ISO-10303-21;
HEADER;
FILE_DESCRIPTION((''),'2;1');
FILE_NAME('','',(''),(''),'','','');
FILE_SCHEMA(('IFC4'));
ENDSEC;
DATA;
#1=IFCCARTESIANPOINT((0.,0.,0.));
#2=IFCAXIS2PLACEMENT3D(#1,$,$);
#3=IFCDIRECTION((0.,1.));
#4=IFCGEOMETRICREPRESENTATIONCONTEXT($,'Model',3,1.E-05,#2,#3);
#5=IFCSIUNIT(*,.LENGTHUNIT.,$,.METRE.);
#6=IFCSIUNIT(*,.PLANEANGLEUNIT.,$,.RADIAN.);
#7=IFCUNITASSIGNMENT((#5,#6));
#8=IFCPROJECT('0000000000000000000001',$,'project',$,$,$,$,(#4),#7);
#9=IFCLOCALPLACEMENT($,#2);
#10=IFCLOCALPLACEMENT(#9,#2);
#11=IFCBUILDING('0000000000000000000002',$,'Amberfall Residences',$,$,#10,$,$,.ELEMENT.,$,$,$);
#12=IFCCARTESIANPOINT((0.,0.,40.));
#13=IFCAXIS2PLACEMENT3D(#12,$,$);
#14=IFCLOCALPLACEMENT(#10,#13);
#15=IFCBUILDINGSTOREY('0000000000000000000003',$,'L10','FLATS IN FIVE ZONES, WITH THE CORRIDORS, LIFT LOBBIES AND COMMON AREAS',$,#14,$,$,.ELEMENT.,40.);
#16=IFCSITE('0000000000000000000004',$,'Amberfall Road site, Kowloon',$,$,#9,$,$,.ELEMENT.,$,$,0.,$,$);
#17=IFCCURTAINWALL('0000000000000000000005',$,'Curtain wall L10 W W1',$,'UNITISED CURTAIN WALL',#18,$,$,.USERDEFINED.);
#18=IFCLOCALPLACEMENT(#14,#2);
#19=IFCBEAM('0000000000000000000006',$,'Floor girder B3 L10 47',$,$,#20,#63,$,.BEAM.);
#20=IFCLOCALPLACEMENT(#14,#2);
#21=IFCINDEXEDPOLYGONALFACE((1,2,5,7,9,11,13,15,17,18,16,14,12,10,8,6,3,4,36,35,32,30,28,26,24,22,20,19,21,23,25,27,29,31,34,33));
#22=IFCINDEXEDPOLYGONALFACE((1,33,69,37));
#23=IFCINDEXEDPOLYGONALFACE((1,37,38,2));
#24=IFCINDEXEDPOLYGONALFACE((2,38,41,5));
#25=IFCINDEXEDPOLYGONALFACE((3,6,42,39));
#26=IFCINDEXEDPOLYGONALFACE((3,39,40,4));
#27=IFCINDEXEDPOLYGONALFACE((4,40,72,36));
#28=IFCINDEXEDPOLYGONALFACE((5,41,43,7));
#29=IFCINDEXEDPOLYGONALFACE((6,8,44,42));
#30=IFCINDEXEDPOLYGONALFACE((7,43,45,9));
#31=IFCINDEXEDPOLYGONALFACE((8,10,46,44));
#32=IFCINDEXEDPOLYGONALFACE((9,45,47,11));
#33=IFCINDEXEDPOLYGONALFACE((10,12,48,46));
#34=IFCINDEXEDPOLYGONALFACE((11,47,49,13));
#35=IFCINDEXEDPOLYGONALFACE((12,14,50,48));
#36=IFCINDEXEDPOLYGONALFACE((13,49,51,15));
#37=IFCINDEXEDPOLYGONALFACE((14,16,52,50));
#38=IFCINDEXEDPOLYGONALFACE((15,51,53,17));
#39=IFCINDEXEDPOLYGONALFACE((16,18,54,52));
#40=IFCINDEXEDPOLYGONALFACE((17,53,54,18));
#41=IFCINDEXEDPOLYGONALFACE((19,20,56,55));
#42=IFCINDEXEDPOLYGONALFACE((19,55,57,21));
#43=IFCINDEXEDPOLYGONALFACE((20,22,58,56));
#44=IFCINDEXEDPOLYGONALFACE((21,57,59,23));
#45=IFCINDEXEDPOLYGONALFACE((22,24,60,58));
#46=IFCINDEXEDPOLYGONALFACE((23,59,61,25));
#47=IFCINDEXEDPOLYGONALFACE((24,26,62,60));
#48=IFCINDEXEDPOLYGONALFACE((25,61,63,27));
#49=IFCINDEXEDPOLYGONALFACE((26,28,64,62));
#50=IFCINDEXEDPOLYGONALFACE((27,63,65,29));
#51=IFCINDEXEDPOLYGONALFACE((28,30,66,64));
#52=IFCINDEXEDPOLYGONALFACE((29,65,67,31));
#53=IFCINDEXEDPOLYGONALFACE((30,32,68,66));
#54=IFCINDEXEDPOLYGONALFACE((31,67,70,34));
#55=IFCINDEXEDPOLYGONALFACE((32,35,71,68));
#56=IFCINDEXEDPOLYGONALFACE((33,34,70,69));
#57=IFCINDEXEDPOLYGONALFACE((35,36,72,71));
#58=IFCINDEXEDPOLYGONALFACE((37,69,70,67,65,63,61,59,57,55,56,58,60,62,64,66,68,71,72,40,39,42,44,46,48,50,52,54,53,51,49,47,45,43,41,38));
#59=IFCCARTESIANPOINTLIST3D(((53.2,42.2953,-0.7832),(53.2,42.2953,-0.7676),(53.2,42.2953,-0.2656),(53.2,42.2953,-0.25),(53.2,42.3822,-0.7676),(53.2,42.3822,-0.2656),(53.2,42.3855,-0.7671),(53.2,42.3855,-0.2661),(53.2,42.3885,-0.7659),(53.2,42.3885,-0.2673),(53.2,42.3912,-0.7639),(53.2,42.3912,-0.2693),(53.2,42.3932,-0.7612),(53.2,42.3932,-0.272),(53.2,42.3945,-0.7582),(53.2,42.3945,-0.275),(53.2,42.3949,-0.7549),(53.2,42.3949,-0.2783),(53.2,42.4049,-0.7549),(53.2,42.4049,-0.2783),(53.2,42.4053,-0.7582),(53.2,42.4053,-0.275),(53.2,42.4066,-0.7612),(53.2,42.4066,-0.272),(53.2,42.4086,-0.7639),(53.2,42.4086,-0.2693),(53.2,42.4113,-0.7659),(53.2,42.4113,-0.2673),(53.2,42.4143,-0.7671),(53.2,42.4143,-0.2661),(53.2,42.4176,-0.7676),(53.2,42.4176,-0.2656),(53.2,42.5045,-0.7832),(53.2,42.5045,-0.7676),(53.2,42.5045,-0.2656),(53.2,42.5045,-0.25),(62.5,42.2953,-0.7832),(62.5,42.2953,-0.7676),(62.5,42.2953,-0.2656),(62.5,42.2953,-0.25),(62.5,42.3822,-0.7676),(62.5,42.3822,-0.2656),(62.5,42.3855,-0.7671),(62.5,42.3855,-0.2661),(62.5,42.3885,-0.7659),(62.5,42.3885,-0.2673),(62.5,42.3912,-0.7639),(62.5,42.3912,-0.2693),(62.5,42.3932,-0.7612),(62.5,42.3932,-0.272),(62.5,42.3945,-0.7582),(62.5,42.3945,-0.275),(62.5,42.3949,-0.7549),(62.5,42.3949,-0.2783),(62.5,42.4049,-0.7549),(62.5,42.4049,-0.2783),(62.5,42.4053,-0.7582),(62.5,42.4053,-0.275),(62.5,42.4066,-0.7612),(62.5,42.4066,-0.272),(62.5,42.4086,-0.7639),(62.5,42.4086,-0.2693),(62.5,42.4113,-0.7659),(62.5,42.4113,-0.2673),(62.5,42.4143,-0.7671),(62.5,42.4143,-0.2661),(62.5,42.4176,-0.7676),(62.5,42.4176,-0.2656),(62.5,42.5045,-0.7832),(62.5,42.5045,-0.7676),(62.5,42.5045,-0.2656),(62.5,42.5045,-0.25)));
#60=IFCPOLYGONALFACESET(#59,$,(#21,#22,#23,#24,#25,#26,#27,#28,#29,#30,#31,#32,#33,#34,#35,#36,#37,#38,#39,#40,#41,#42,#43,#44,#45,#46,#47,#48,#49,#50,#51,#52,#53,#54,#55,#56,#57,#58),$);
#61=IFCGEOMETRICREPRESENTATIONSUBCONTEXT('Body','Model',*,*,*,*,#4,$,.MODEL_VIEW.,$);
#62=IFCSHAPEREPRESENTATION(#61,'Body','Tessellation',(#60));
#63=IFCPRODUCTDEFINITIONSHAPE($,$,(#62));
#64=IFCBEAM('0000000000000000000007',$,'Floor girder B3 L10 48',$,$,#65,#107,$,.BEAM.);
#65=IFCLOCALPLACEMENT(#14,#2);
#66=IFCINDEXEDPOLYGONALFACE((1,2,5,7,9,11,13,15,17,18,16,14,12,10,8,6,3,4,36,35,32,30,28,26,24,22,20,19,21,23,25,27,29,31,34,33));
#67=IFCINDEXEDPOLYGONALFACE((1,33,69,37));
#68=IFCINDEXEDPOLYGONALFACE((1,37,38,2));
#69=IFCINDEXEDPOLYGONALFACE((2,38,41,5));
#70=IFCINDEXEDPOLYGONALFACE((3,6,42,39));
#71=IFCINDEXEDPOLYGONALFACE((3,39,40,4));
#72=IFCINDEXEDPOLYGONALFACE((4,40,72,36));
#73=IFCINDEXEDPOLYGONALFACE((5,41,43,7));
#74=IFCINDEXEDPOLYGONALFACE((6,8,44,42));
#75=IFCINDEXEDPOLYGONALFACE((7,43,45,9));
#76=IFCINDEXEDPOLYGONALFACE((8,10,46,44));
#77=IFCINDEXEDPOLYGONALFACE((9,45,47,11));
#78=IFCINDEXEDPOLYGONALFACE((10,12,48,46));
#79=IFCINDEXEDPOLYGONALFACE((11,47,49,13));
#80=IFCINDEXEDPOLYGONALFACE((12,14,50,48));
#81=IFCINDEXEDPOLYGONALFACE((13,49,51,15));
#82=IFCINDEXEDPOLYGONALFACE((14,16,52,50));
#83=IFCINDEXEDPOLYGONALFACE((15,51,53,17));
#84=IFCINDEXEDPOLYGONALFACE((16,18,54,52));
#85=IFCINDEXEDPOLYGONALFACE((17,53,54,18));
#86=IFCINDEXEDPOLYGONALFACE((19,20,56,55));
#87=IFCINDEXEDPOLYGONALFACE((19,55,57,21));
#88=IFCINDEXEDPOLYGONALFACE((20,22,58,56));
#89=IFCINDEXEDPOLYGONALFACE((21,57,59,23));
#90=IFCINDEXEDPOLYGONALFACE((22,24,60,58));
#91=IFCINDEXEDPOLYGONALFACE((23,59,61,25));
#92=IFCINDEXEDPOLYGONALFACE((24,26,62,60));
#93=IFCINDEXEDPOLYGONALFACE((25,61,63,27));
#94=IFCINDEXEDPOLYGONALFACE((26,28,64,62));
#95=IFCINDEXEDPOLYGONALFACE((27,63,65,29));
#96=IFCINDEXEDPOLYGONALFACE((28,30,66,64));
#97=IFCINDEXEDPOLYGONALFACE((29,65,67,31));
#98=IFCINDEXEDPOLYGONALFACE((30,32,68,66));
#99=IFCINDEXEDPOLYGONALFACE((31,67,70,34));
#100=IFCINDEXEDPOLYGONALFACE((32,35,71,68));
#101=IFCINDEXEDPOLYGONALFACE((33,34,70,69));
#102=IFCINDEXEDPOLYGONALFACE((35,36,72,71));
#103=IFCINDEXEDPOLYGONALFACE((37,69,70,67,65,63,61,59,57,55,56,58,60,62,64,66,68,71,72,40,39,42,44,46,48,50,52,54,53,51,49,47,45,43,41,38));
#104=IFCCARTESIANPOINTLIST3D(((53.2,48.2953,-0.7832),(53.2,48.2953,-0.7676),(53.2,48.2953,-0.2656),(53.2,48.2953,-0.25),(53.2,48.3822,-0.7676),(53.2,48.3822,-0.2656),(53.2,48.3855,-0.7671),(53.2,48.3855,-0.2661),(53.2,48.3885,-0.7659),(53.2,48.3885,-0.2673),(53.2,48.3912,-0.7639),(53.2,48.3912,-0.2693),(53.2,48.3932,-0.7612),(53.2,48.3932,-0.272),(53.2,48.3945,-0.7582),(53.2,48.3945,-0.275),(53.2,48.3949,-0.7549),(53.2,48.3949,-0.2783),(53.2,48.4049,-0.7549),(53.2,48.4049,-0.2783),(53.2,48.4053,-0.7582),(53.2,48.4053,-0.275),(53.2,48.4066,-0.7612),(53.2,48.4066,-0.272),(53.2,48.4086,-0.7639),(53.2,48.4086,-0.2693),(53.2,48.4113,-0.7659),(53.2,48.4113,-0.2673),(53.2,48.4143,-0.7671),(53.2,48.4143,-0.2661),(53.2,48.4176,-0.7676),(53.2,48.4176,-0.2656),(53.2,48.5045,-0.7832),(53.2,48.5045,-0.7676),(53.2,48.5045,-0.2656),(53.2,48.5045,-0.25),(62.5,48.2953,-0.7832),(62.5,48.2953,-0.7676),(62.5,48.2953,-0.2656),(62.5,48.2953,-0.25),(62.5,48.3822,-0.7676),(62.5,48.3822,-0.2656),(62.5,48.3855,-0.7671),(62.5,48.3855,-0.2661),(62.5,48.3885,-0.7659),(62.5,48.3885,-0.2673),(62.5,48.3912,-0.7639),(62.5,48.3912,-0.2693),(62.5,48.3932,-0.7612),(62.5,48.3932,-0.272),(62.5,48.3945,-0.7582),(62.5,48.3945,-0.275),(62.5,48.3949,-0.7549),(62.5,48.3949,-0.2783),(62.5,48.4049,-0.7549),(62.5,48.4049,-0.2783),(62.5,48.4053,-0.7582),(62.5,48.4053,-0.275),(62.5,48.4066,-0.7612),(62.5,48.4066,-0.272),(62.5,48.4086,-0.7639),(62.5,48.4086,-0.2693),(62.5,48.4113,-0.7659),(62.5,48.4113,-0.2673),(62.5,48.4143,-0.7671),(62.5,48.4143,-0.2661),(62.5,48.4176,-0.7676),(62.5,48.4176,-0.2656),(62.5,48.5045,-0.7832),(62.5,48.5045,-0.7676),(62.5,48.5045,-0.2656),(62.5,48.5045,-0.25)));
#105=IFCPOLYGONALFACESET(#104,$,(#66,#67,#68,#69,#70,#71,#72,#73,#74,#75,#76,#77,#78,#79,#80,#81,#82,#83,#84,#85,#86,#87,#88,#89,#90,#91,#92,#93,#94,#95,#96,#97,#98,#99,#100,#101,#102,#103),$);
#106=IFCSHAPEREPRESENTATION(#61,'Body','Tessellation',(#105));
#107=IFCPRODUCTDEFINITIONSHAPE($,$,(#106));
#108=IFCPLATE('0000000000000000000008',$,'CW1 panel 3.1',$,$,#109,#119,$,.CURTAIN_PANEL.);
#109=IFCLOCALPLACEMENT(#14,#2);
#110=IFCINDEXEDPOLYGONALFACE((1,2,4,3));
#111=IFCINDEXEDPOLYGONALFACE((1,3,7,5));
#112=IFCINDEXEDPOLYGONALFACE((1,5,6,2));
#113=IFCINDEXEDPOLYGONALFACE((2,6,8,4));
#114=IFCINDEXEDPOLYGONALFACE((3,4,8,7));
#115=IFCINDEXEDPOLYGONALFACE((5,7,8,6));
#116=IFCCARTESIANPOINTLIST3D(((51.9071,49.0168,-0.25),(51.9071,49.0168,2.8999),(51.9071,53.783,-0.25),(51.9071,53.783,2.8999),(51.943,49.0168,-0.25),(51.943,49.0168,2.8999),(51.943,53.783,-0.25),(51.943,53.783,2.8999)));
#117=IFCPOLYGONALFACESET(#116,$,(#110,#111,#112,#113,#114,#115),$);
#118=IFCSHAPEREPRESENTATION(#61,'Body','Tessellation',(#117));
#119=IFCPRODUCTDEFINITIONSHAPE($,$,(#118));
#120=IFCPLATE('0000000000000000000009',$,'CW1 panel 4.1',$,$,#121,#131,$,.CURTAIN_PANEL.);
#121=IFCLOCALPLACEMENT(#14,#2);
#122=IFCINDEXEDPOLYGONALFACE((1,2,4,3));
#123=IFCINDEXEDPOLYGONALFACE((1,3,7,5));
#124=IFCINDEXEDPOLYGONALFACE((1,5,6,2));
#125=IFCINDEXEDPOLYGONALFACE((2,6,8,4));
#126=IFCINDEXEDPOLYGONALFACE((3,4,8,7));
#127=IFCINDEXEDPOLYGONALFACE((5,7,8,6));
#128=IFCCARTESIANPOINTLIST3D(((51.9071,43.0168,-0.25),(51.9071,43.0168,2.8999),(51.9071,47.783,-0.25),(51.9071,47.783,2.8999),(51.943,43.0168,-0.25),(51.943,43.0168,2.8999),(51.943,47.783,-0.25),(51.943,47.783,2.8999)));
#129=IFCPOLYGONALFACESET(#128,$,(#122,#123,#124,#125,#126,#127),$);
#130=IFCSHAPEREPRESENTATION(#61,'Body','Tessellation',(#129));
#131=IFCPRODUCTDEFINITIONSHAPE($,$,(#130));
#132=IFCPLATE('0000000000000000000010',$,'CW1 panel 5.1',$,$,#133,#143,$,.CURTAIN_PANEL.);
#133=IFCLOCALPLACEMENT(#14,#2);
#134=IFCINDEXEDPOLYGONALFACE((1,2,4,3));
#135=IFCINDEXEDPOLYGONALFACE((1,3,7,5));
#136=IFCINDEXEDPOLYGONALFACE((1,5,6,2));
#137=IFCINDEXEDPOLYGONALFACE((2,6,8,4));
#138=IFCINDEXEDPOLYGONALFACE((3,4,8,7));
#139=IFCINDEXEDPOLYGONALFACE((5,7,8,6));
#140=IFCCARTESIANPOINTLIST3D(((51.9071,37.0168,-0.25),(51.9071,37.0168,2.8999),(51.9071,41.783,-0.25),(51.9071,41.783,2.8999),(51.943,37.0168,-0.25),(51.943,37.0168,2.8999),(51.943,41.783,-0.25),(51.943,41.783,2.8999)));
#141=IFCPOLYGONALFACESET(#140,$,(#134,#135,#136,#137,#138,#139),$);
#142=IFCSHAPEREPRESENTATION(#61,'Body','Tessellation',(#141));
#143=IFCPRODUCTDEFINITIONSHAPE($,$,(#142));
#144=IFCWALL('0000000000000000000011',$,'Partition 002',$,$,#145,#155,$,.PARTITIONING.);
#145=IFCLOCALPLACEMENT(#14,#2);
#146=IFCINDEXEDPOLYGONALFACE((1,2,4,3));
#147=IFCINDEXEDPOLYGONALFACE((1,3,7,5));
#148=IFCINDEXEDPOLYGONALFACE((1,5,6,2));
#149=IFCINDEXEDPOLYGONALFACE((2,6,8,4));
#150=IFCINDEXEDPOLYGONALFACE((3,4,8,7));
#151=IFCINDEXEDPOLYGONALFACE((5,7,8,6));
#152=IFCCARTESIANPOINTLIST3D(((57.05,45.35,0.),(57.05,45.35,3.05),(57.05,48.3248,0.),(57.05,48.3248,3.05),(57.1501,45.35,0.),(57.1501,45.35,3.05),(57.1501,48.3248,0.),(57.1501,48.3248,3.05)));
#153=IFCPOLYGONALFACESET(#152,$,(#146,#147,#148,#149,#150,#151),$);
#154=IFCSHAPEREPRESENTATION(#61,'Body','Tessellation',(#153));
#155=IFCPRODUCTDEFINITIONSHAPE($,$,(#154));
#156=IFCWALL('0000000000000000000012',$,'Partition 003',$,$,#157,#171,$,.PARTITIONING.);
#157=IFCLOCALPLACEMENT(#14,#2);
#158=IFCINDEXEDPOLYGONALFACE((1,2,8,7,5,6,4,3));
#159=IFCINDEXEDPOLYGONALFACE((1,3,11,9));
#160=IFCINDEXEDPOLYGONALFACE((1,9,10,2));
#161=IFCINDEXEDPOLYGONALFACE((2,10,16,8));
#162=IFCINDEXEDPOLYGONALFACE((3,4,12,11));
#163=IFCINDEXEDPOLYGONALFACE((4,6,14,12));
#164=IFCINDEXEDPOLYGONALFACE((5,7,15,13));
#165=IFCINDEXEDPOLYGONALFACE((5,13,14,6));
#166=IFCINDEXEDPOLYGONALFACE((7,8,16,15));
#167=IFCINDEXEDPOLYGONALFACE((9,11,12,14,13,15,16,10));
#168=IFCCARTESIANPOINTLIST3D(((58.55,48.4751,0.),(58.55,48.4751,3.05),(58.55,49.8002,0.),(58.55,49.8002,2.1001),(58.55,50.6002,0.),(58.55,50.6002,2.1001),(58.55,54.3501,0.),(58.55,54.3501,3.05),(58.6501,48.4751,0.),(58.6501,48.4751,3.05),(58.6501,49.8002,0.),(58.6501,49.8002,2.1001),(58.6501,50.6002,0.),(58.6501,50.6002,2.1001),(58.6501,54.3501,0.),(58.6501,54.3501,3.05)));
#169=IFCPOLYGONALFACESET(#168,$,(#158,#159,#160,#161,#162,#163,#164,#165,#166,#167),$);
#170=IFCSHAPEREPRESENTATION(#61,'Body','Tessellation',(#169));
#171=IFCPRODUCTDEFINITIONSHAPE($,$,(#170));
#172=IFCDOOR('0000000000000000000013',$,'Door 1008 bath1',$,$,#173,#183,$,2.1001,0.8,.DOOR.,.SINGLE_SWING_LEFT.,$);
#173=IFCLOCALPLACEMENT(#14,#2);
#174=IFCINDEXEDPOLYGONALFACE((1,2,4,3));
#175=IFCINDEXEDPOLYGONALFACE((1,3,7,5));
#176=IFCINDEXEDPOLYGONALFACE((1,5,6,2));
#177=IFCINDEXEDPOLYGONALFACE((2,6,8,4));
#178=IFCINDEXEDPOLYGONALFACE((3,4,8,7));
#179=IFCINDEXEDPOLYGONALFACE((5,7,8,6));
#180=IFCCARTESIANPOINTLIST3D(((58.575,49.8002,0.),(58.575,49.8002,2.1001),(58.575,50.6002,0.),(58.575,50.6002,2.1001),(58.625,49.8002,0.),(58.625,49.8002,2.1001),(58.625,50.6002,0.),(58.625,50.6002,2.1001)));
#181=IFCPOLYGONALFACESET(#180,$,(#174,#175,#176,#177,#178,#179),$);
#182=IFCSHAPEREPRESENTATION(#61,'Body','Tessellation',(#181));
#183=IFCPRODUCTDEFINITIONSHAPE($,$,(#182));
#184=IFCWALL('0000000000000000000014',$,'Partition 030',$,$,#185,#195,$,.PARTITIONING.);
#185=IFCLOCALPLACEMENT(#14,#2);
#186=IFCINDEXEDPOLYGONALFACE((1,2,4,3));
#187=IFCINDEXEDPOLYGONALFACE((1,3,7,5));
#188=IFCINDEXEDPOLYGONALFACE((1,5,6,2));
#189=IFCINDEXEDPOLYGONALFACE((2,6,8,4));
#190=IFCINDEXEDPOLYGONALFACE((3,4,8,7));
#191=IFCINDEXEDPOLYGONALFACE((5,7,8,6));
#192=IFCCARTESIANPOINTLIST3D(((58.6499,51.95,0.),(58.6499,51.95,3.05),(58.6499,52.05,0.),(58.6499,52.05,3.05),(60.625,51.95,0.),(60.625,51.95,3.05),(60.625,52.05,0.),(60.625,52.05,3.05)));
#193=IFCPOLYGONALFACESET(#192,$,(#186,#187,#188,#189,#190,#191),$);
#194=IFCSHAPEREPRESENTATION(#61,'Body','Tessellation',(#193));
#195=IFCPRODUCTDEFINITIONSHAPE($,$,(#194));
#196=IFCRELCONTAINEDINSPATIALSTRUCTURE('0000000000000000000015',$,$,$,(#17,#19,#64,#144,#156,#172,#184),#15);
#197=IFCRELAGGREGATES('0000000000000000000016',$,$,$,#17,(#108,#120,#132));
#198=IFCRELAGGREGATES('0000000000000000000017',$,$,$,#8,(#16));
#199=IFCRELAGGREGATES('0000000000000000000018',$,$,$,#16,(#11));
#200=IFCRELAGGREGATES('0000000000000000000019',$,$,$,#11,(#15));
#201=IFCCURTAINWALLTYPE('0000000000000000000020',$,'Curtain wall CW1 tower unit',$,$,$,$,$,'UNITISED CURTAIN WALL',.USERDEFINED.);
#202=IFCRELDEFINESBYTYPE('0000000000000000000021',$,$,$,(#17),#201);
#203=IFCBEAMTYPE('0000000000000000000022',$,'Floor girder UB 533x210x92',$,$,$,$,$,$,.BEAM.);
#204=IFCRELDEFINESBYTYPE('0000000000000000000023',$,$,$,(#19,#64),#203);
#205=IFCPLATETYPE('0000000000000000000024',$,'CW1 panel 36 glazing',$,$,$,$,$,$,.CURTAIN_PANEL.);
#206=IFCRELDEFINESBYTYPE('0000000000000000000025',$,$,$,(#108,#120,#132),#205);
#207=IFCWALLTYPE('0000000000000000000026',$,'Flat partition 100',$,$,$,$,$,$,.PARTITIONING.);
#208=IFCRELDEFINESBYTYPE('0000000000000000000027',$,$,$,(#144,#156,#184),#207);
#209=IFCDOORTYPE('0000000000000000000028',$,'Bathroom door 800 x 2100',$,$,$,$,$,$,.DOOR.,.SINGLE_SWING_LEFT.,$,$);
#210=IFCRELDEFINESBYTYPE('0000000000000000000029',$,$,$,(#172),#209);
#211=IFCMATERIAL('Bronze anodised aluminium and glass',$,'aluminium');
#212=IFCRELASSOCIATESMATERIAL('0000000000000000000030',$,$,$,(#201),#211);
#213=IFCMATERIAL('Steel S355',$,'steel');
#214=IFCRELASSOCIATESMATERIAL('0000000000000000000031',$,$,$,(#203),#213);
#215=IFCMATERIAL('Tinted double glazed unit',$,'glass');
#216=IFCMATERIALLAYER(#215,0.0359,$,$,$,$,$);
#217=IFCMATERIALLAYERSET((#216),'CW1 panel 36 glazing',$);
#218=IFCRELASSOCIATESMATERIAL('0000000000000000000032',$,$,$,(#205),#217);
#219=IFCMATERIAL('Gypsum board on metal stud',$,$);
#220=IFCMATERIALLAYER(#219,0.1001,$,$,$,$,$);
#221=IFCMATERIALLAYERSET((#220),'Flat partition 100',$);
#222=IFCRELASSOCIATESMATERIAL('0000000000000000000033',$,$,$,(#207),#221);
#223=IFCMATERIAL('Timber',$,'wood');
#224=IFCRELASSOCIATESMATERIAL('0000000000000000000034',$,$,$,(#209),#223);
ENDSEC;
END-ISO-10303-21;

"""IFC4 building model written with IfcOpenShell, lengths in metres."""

from ifc_helpers import new_model, si_unit, direction, frame, frame_2d, origin, origin_2d, place, context, subcontext, project, spatial, rectangle, i_section, extrude, material, layer, layer_set, material_profile, profile_set, type_object, element, fill, aggregate, save


model = new_model("IFC4")

# Units and contexts
model_context = context("Model", 3, precision=1e-05, world=origin(), true_north=direction((0.0, 1.0)))
body_context = subcontext(model_context, "Body", "Model", "MODEL_VIEW")
ifc_project = project(units=[si_unit("LENGTHUNIT", "METRE"), si_unit("PLANEANGLEUNIT", "RADIAN")], contexts=[model_context])

# Site, building, storey
site_placement = place(None, origin())
site = spatial("IfcSite", under=ifc_project, at=site_placement, Name="Amberfall Road site, Kowloon", CompositionType="ELEMENT", RefElevation=0.0)
building_placement = place(site_placement, origin())
building = spatial("IfcBuilding", under=site, at=building_placement, Name="Amberfall Residences", CompositionType="ELEMENT")
storey_placement = place(building_placement, frame((0.0, 0.0, 40.0)))
storey = spatial("IfcBuildingStorey", under=building, at=storey_placement, Name="L10", Description="FLATS IN FIVE ZONES, WITH THE CORRIDORS, LIFT LOBBIES AND COMMON AREAS", CompositionType="ELEMENT", Elevation=40.0)

# Curtain wall
ifc_material_1 = material(Name="Bronze anodised aluminium and glass", Category="aluminium")
curtain_wall_type = type_object("IfcCurtainWallType", Name="Curtain wall CW1 tower unit", ElementType="UNITISED CURTAIN WALL", PredefinedType="USERDEFINED", material=ifc_material_1)
curtain_wall_placement = place(storey_placement, origin())
curtain_wall = element("IfcCurtainWall", 1, at=curtain_wall_placement, inside=storey, type_object=curtain_wall_type, Name="Curtain wall L10 W W1", ObjectType="UNITISED CURTAIN WALL", PredefinedType="USERDEFINED")

# Shared definitions
ifc_material_2 = material(Name="Steel S355", Category="steel")

# Beams
ifc_material_profile_1 = material_profile(ifc_material_2, i_section(OverallWidth=0.2092, OverallDepth=0.5332, WebThickness=0.01, FlangeThickness=0.0156, FilletRadius=0.0127, at=origin_2d()), Name="UB 533x210x92")
ifc_profile_set_1 = profile_set([ifc_material_profile_1], Name="Steel S355")
beam_type_1 = type_object("IfcBeamType", Name="Floor girder UB 533x210x92", PredefinedType="BEAM", material=ifc_profile_set_1)
for number, where, z_axis, x_axis, name in (
    (2, (53.2, 42.3999, -0.5166), (1.0, 0.0, 0.0), (0.0, 1.0, 0.0), "Floor girder B3 L10 47"),
    (3, (53.2, 48.3999, -0.5166), (1.0, 0.0, 0.0), (0.0, 1.0, 0.0), "Floor girder B3 L10 48"),
):
    element("IfcBeam", number, at=place(storey_placement, frame(where, z_axis=z_axis, x_axis=x_axis)), inside=storey, type_object=beam_type_1, Name=name, PredefinedType="BEAM", context=body_context, shape_type="SweptSolid", body=[
        extrude(i_section(OverallWidth=0.2092, OverallDepth=0.5332, WebThickness=0.01, FlangeThickness=0.0156, FilletRadius=0.0127, at=origin_2d()), origin(), (0.0, 0.0, 1.0), 9.3),
    ])

# Plates
ifc_material_3 = material(Name="Tinted double glazed unit", Category="glass")
ifc_layer_1 = layer(ifc_material_3, 0.0359)
ifc_layer_set_1 = layer_set([ifc_layer_1], Name="CW1 panel 36 glazing")
plate_type = type_object("IfcPlateType", Name="CW1 panel 36 glazing", PredefinedType="CURTAIN_PANEL", material=ifc_layer_set_1)
plate_1_placement = place(storey_placement, frame((51.925, 51.3999, -0.25), z_axis=(0.0, 0.0, 1.0), x_axis=(0.0, -1.0, 0.0)))
plate_1 = element("IfcPlate", 4, at=plate_1_placement, type_object=plate_type, Name="CW1 panel 3.1", PredefinedType="CURTAIN_PANEL", context=body_context, shape_type="SweptSolid", body=[
    extrude(rectangle(XDim=4.7661, YDim=0.0359, at=origin_2d()), origin(), (0.0, 0.0, 1.0), 3.1499),
])
plate_2_placement = place(storey_placement, frame((51.925, 45.3999, -0.25), z_axis=(0.0, 0.0, 1.0), x_axis=(0.0, -1.0, 0.0)))
plate_2 = element("IfcPlate", 5, at=plate_2_placement, type_object=plate_type, Name="CW1 panel 4.1", PredefinedType="CURTAIN_PANEL", context=body_context, shape_type="SweptSolid", body=[
    extrude(rectangle(XDim=4.7661, YDim=0.0359, at=origin_2d()), origin(), (0.0, 0.0, 1.0), 3.1499),
])
plate_3_placement = place(storey_placement, frame((51.925, 39.3999, -0.25), z_axis=(0.0, 0.0, 1.0), x_axis=(0.0, -1.0, 0.0)))
plate_3 = element("IfcPlate", 6, at=plate_3_placement, type_object=plate_type, Name="CW1 panel 5.1", PredefinedType="CURTAIN_PANEL", context=body_context, shape_type="SweptSolid", body=[
    extrude(rectangle(XDim=4.7661, YDim=0.0359, at=origin_2d()), origin(), (0.0, 0.0, 1.0), 3.1499),
])
aggregate(curtain_wall, [plate_1, plate_2, plate_3])

# Wall
ifc_material_4 = material(Name="Gypsum board on metal stud")
ifc_layer_2 = layer(ifc_material_4, 0.1001)
ifc_layer_set_2 = layer_set([ifc_layer_2], Name="Flat partition 100")
wall_type_1 = type_object("IfcWallType", Name="Flat partition 100", PredefinedType="PARTITIONING", material=ifc_layer_set_2)
wall_1_placement = place(storey_placement, frame((57.1001, 45.3501, 0.0), z_axis=(0.0, 0.0, 1.0), x_axis=(0.0, 1.0, 0.0)))
element("IfcWall", 7, at=wall_1_placement, inside=storey, type_object=wall_type_1, Name="Partition 002", PredefinedType="PARTITIONING", context=body_context, shape_type="SweptSolid", body=[
    extrude(rectangle(XDim=2.9749, YDim=0.1001, at=frame_2d((1.4873, 0.0))), origin(), (0.0, 0.0, 1.0), 3.05),
])

# Wall, opening, door
wall_2_placement = place(storey_placement, frame((58.6001, 54.3501, 0.0), z_axis=(0.0, 0.0, 1.0), x_axis=(0.0, -1.0, 0.0)))
wall_2 = element("IfcWall", 8, at=wall_2_placement, inside=storey, type_object=wall_type_1, Name="Partition 003", PredefinedType="PARTITIONING", context=body_context, shape_type="SweptSolid", body=[
    extrude(rectangle(XDim=5.875, YDim=0.1001, at=frame_2d((2.9375, 0.0))), origin(), (0.0, 0.0, 1.0), 3.05),
])
opening_placement = place(wall_2_placement, frame((3.75, 0.0, 0.0)))
opening = element("IfcOpeningElement", 9, at=opening_placement, cuts=wall_2, PredefinedType="OPENING", context=body_context, shape_type="SweptSolid", body=[
    extrude(rectangle(XDim=0.8, YDim=2.1001, at=frame_2d((0.3999, 1.05))), frame((0.0, 0.0601, 0.0), z_axis=(0.0, -1.0, 0.0), x_axis=(1.0, 0.0, 0.0)), (0.0, 0.0, 1.0), 0.1201),
])
ifc_material_5 = material(Name="Timber", Category="wood")
door_type = type_object("IfcDoorType", Name="Bathroom door 800 x 2100", OperationType="SINGLE_SWING_LEFT", PredefinedType="DOOR", material=ifc_material_5)
door_placement = place(opening_placement, origin())
door = element("IfcDoor", 10, at=door_placement, inside=storey, type_object=door_type, Name="Door 1008 bath1", OperationType="SINGLE_SWING_LEFT", OverallHeight=2.1001, OverallWidth=0.8, PredefinedType="DOOR", context=body_context, shape_type="SweptSolid", body=[
    extrude(rectangle(XDim=0.8, YDim=2.1001, at=frame_2d((0.3999, 1.05))), frame((0.0, 0.0249, 0.0), z_axis=(0.0, -1.0, 0.0), x_axis=(1.0, 0.0, 0.0)), (0.0, 0.0, 1.0), 0.05),
])
fill(opening, door)

# Wall
wall_3_placement = place(storey_placement, frame((58.6499, 52.0, 0.0), z_axis=(0.0, 0.0, 1.0), x_axis=(1.0, 0.0, 0.0)))
element("IfcWall", 11, at=wall_3_placement, inside=storey, type_object=wall_type_1, Name="Partition 030", PredefinedType="PARTITIONING", context=body_context, shape_type="SweptSolid", body=[
    extrude(rectangle(XDim=1.9751, YDim=0.1001, at=frame_2d((0.9875, 0.0))), origin(), (0.0, 0.0, 1.0), 3.05),
])

save(model, "model.ifc")
